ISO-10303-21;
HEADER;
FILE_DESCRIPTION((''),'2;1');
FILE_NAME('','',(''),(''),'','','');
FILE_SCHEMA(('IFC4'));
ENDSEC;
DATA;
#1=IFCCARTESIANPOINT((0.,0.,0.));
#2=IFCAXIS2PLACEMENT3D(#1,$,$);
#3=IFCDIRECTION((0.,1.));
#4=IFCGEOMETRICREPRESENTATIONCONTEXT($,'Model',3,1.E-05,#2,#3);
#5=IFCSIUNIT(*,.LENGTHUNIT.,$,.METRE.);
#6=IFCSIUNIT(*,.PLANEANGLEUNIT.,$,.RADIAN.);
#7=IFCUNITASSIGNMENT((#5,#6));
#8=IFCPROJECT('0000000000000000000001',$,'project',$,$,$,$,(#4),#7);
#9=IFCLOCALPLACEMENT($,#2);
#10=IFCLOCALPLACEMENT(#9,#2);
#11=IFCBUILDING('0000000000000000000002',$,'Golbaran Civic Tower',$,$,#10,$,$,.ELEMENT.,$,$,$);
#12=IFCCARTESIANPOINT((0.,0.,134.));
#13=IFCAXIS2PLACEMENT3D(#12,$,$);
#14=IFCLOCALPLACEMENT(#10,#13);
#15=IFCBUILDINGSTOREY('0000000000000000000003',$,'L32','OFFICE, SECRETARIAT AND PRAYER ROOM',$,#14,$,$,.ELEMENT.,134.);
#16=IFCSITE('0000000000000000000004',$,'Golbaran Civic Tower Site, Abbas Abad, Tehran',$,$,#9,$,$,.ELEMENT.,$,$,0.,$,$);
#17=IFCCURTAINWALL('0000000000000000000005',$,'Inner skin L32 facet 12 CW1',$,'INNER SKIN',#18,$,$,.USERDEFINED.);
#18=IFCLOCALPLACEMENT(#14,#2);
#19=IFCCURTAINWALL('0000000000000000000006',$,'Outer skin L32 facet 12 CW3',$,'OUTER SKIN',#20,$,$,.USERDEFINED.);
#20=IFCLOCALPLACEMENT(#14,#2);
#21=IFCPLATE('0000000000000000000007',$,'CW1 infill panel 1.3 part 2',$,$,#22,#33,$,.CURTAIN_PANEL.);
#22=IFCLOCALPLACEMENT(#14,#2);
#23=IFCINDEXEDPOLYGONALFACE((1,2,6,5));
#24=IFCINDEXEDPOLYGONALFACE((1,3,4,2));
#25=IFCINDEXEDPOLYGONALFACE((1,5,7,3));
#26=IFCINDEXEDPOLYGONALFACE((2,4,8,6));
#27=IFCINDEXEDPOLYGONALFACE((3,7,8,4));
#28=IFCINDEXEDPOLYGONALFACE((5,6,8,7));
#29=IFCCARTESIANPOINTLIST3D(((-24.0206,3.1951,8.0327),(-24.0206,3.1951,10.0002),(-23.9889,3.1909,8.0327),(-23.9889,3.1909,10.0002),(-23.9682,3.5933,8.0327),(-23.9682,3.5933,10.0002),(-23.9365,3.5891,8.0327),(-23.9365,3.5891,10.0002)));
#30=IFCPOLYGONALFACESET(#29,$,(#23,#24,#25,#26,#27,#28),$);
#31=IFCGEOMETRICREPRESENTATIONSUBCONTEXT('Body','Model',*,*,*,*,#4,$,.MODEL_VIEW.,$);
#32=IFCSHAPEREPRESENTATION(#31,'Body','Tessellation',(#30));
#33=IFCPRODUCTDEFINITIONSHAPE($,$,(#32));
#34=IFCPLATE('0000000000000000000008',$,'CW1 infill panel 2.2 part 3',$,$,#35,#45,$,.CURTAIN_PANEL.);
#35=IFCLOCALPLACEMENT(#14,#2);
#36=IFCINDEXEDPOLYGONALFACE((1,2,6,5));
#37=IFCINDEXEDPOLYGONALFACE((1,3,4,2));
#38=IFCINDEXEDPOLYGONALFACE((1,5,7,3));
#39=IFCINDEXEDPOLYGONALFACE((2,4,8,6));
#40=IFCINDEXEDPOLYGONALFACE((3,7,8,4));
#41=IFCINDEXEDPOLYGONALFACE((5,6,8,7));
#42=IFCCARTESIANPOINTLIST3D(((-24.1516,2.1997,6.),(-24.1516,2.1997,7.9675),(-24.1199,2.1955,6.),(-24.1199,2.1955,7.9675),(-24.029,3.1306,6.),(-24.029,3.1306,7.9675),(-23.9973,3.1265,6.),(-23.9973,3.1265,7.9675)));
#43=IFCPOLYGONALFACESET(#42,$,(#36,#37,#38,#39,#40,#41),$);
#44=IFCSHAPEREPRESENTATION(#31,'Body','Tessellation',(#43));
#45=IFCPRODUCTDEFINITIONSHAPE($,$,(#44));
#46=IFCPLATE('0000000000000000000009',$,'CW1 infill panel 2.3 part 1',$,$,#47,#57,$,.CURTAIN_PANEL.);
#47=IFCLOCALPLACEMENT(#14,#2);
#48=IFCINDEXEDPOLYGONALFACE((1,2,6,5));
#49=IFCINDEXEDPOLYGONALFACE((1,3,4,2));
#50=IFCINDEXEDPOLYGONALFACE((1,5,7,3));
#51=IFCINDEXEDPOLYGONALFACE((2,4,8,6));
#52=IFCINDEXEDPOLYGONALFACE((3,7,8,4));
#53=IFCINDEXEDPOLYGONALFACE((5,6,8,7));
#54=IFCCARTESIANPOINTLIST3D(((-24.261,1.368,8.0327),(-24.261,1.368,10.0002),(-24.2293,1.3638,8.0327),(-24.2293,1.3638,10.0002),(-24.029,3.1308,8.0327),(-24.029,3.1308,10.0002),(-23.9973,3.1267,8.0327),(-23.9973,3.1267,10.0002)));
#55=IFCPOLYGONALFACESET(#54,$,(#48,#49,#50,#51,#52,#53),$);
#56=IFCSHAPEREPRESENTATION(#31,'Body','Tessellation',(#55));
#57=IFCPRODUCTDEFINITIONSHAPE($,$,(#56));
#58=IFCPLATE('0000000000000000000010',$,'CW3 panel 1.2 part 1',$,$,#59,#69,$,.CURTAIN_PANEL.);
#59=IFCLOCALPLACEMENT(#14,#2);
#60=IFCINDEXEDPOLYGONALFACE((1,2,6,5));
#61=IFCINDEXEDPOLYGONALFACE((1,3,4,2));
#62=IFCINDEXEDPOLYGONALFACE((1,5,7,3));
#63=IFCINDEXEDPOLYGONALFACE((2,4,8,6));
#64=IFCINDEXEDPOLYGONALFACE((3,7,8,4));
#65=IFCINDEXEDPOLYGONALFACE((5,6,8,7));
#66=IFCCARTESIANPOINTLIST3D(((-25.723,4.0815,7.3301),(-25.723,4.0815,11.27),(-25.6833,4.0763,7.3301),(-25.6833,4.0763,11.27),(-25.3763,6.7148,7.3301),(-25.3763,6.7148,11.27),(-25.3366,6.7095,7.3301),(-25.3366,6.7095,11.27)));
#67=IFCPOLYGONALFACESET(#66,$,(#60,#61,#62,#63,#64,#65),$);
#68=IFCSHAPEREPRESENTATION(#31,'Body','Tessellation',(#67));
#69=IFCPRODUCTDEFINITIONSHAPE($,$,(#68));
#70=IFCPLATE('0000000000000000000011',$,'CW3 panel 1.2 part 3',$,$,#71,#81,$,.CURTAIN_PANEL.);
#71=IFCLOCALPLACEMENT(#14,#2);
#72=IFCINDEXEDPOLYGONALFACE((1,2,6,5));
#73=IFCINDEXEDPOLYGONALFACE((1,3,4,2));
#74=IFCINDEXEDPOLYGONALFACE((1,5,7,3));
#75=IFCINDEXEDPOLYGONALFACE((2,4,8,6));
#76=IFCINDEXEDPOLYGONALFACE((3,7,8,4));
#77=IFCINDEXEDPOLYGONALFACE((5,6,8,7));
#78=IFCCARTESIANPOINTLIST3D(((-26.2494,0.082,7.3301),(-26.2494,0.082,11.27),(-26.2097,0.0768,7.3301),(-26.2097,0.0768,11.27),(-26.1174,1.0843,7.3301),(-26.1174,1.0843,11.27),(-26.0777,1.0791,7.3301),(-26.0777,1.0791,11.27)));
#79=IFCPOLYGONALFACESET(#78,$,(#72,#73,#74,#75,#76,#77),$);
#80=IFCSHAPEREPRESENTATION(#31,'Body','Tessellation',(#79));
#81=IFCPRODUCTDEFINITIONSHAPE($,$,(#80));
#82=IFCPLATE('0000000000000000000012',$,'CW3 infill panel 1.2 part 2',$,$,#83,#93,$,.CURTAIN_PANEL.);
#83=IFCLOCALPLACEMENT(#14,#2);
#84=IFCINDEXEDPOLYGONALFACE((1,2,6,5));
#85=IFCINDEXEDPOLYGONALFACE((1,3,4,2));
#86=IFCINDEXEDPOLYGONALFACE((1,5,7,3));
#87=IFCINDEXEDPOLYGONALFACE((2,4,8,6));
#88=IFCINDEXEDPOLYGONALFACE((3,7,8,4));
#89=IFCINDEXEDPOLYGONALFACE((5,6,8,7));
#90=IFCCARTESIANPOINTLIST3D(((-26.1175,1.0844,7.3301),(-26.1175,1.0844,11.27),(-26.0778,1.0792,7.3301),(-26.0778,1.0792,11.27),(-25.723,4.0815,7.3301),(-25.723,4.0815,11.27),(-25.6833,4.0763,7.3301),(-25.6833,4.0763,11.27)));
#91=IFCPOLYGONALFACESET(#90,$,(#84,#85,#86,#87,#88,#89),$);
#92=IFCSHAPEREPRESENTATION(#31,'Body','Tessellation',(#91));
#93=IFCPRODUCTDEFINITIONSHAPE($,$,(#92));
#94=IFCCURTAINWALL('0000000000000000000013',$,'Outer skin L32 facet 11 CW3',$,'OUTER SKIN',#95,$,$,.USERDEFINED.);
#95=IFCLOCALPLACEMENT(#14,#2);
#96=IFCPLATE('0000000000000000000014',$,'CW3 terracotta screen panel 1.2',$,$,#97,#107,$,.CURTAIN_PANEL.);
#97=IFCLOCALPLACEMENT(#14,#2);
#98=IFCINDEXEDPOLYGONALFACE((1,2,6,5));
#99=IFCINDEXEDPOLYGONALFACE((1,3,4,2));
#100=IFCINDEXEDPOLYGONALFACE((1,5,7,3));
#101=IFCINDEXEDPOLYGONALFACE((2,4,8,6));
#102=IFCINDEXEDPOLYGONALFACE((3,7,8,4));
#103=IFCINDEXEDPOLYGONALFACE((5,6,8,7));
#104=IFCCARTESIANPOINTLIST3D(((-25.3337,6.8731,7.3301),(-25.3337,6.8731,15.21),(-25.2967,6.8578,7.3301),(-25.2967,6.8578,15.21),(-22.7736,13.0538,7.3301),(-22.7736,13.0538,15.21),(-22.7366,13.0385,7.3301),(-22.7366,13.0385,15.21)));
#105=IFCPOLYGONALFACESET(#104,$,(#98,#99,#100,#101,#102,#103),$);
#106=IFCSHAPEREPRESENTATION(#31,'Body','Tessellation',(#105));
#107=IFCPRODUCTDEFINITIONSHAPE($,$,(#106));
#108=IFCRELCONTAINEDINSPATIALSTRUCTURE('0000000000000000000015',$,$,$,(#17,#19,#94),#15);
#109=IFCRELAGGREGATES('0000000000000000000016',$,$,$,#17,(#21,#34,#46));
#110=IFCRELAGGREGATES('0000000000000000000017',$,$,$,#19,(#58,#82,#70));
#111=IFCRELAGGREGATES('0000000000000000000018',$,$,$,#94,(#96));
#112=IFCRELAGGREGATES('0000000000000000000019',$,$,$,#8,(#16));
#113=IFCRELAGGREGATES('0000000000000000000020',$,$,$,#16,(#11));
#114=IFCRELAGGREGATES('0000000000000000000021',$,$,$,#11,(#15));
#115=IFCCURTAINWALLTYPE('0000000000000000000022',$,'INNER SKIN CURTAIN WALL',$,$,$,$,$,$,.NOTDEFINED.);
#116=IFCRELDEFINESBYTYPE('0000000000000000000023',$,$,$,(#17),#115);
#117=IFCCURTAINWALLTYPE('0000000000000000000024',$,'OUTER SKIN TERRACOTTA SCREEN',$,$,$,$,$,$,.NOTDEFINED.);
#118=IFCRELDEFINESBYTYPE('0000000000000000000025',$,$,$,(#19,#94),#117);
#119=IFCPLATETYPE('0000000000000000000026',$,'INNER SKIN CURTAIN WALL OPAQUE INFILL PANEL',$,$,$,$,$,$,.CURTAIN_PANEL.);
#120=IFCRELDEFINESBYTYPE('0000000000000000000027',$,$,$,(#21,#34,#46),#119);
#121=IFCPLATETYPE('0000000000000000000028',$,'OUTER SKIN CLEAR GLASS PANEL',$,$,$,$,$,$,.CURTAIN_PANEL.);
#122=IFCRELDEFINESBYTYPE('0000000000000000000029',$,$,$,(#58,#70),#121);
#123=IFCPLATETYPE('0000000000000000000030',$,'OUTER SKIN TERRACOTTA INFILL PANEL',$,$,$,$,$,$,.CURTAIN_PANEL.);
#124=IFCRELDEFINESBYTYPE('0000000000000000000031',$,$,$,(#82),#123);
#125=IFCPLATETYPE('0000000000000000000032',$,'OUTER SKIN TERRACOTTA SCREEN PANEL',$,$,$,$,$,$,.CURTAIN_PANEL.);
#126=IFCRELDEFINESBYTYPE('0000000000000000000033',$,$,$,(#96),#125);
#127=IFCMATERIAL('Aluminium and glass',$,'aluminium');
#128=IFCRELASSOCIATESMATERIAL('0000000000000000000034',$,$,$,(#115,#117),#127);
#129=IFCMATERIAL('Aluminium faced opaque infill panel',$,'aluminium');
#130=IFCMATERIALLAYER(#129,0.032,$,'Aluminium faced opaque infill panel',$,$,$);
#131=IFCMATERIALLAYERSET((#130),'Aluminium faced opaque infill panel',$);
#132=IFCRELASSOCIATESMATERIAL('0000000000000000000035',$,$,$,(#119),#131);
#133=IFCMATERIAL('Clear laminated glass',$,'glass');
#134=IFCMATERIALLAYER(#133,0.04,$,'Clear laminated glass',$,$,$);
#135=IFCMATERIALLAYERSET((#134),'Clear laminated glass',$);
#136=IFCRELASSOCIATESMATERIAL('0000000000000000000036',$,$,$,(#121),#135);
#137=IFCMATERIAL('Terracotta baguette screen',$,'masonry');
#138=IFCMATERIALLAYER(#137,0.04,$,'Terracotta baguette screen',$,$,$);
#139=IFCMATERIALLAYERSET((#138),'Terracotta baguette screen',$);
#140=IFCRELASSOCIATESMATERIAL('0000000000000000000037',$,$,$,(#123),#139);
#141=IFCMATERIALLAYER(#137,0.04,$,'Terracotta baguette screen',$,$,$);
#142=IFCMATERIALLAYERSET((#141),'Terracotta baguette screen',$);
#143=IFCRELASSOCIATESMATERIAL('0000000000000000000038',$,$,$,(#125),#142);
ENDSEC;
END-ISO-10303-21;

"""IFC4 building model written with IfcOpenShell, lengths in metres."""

from ifc_helpers import new_model, si_unit, direction, frame, origin, origin_2d, place, context, subcontext, project, spatial, rectangle, extrude, material, layer, layer_set, type_object, element, aggregate, save


model = new_model("IFC4")

# Units and contexts
model_context = context("Model", 3, precision=1e-05, world=origin(), true_north=direction((0.0, 1.0)))
body_context = subcontext(model_context, "Body", "Model", "MODEL_VIEW")
ifc_project = project(units=[si_unit("LENGTHUNIT", "METRE"), si_unit("PLANEANGLEUNIT", "RADIAN")], contexts=[model_context])

# Site, building, storey
site_placement = place(None, origin())
site = spatial("IfcSite", under=ifc_project, at=site_placement, Name="Golbaran Civic Tower Site, Abbas Abad, Tehran", CompositionType="ELEMENT", RefElevation=0.0)
building_placement = place(site_placement, origin())
building = spatial("IfcBuilding", under=site, at=building_placement, Name="Golbaran Civic Tower", CompositionType="ELEMENT")
storey_placement = place(building_placement, frame((0.0, 0.0, 134.0)))
storey = spatial("IfcBuildingStorey", under=building, at=storey_placement, Name="L32", Description="OFFICE, SECRETARIAT AND PRAYER ROOM", CompositionType="ELEMENT", Elevation=134.0)

# Shared definitions
ifc_material_1 = material(Name="Aluminium and glass", Category="aluminium")
curtain_wall_type_1 = type_object("IfcCurtainWallType", Name="INNER SKIN CURTAIN WALL", PredefinedType="NOTDEFINED", material=ifc_material_1)

# Curtain wall
curtain_wall_1_placement = place(storey_placement, origin())
curtain_wall_1 = element("IfcCurtainWall", 1, at=curtain_wall_1_placement, inside=storey, type_object=curtain_wall_type_1, Name="Inner skin L32 facet 12 CW1", ObjectType="INNER SKIN", PredefinedType="USERDEFINED")

# Curtain wall
curtain_wall_type_2 = type_object("IfcCurtainWallType", Name="OUTER SKIN TERRACOTTA SCREEN", PredefinedType="NOTDEFINED", material=ifc_material_1)
curtain_wall_2_placement = place(storey_placement, origin())
curtain_wall_2 = element("IfcCurtainWall", 2, at=curtain_wall_2_placement, inside=storey, type_object=curtain_wall_type_2, Name="Outer skin L32 facet 12 CW3", ObjectType="OUTER SKIN", PredefinedType="USERDEFINED")

# Plates
ifc_material_2 = material(Name="Aluminium faced opaque infill panel", Category="aluminium")
ifc_layer_1 = layer(ifc_material_2, 0.032, Name="Aluminium faced opaque infill panel")
ifc_layer_set_1 = layer_set([ifc_layer_1], Name="Aluminium faced opaque infill panel")
plate_type_1 = type_object("IfcPlateType", Name="INNER SKIN CURTAIN WALL OPAQUE INFILL PANEL", PredefinedType="CURTAIN_PANEL", material=ifc_layer_set_1)
plate_1_placement = place(storey_placement, frame((-23.9785, 3.3921, 8.0327), z_axis=(0.0, 0.0, 1.0), x_axis=(-0.130526, -0.991445, 0.0)))
plate_1 = element("IfcPlate", 3, at=plate_1_placement, type_object=plate_type_1, Name="CW1 infill panel 1.3 part 2", PredefinedType="CURTAIN_PANEL", context=body_context, shape_type="SweptSolid", body=[
    extrude(rectangle(XDim=0.4016, YDim=0.032, at=origin_2d()), origin(), (0.0, 0.0, 1.0), 1.9675),
])
plate_2_placement = place(storey_placement, frame((-24.0745, 2.6631, 6.0), z_axis=(0.0, 0.0, 1.0), x_axis=(-0.130526, -0.991445, 0.0)))
plate_2 = element("IfcPlate", 4, at=plate_2_placement, type_object=plate_type_1, Name="CW1 infill panel 2.2 part 3", PredefinedType="CURTAIN_PANEL", context=body_context, shape_type="SweptSolid", body=[
    extrude(rectangle(XDim=0.939, YDim=0.032, at=origin_2d()), origin(), (0.0, 0.0, 1.0), 1.9675),
])
plate_3_placement = place(storey_placement, frame((-24.1292, 2.2473, 8.0327), z_axis=(0.0, 0.0, 1.0), x_axis=(-0.130526, -0.991445, 0.0)))
plate_3 = element("IfcPlate", 5, at=plate_3_placement, type_object=plate_type_1, Name="CW1 infill panel 2.3 part 1", PredefinedType="CURTAIN_PANEL", context=body_context, shape_type="SweptSolid", body=[
    extrude(rectangle(XDim=1.7781, YDim=0.032, at=origin_2d()), origin(), (0.0, 0.0, 1.0), 1.9675),
])
aggregate(curtain_wall_1, [plate_1, plate_2, plate_3])
ifc_material_3 = material(Name="Clear laminated glass", Category="glass")
ifc_layer_2 = layer(ifc_material_3, 0.04, Name="Clear laminated glass")
ifc_layer_set_2 = layer_set([ifc_layer_2], Name="Clear laminated glass")
plate_type_2 = type_object("IfcPlateType", Name="OUTER SKIN CLEAR GLASS PANEL", PredefinedType="CURTAIN_PANEL", material=ifc_layer_set_2)
plate_4_placement = place(storey_placement, frame((-25.5298, 5.3955, 7.3301), z_axis=(0.0, 0.0, 1.0), x_axis=(-0.130526, -0.991445, 0.0)))
plate_4 = element("IfcPlate", 6, at=plate_4_placement, type_object=plate_type_2, Name="CW3 panel 1.2 part 1", PredefinedType="CURTAIN_PANEL", context=body_context, shape_type="SweptSolid", body=[
    extrude(rectangle(XDim=2.656, YDim=0.04, at=origin_2d()), origin(), (0.0, 0.0, 1.0), 3.9399),
])
plate_5_placement = place(storey_placement, frame((-26.1636, 0.5806, 7.3301), z_axis=(0.0, 0.0, 1.0), x_axis=(-0.130526, -0.991445, 0.0)))
plate_5 = element("IfcPlate", 7, at=plate_5_placement, type_object=plate_type_2, Name="CW3 panel 1.2 part 3", PredefinedType="CURTAIN_PANEL", context=body_context, shape_type="SweptSolid", body=[
    extrude(rectangle(XDim=1.011, YDim=0.04, at=origin_2d()), origin(), (0.0, 0.0, 1.0), 3.9399),
])
ifc_material_4 = material(Name="Terracotta baguette screen", Category="masonry")
ifc_layer_3 = layer(ifc_material_4, 0.04, Name="Terracotta baguette screen")
ifc_layer_set_3 = layer_set([ifc_layer_3], Name="Terracotta baguette screen")
plate_type_3 = type_object("IfcPlateType", Name="OUTER SKIN TERRACOTTA INFILL PANEL", PredefinedType="CURTAIN_PANEL", material=ifc_layer_set_3)
plate_6_placement = place(storey_placement, frame((-25.9004, 2.5803, 7.3301), z_axis=(0.0, 0.0, 1.0), x_axis=(-0.130526, -0.991445, 0.0)))
plate_6 = element("IfcPlate", 8, at=plate_6_placement, type_object=plate_type_3, Name="CW3 infill panel 1.2 part 2", PredefinedType="CURTAIN_PANEL", context=body_context, shape_type="SweptSolid", body=[
    extrude(rectangle(XDim=3.0229, YDim=0.04, at=origin_2d()), origin(), (0.0, 0.0, 1.0), 3.9399),
])
aggregate(curtain_wall_2, [plate_4, plate_6, plate_5])

# Curtain wall, plate
curtain_wall_3_placement = place(storey_placement, origin())
curtain_wall_3 = element("IfcCurtainWall", 9, at=curtain_wall_3_placement, inside=storey, type_object=curtain_wall_type_2, Name="Outer skin L32 facet 11 CW3", ObjectType="OUTER SKIN", PredefinedType="USERDEFINED")
ifc_layer_4 = layer(ifc_material_4, 0.04, Name="Terracotta baguette screen")
ifc_layer_set_4 = layer_set([ifc_layer_4], Name="Terracotta baguette screen")
plate_type_4 = type_object("IfcPlateType", Name="OUTER SKIN TERRACOTTA SCREEN PANEL", PredefinedType="CURTAIN_PANEL", material=ifc_layer_set_4)
plate_7_placement = place(storey_placement, frame((-24.0352, 9.9558, 7.3301), z_axis=(0.0, 0.0, 1.0), x_axis=(-0.382683, -0.92388, 0.0)))
plate_7 = element("IfcPlate", 10, at=plate_7_placement, type_object=plate_type_4, Name="CW3 terracotta screen panel 1.2", PredefinedType="CURTAIN_PANEL", context=body_context, shape_type="SweptSolid", body=[
    extrude(rectangle(XDim=6.6899, YDim=0.04, at=origin_2d()), origin(), (0.0, 0.0, 1.0), 7.8799),
])
aggregate(curtain_wall_3, [plate_7])

save(model, "model.ifc")
